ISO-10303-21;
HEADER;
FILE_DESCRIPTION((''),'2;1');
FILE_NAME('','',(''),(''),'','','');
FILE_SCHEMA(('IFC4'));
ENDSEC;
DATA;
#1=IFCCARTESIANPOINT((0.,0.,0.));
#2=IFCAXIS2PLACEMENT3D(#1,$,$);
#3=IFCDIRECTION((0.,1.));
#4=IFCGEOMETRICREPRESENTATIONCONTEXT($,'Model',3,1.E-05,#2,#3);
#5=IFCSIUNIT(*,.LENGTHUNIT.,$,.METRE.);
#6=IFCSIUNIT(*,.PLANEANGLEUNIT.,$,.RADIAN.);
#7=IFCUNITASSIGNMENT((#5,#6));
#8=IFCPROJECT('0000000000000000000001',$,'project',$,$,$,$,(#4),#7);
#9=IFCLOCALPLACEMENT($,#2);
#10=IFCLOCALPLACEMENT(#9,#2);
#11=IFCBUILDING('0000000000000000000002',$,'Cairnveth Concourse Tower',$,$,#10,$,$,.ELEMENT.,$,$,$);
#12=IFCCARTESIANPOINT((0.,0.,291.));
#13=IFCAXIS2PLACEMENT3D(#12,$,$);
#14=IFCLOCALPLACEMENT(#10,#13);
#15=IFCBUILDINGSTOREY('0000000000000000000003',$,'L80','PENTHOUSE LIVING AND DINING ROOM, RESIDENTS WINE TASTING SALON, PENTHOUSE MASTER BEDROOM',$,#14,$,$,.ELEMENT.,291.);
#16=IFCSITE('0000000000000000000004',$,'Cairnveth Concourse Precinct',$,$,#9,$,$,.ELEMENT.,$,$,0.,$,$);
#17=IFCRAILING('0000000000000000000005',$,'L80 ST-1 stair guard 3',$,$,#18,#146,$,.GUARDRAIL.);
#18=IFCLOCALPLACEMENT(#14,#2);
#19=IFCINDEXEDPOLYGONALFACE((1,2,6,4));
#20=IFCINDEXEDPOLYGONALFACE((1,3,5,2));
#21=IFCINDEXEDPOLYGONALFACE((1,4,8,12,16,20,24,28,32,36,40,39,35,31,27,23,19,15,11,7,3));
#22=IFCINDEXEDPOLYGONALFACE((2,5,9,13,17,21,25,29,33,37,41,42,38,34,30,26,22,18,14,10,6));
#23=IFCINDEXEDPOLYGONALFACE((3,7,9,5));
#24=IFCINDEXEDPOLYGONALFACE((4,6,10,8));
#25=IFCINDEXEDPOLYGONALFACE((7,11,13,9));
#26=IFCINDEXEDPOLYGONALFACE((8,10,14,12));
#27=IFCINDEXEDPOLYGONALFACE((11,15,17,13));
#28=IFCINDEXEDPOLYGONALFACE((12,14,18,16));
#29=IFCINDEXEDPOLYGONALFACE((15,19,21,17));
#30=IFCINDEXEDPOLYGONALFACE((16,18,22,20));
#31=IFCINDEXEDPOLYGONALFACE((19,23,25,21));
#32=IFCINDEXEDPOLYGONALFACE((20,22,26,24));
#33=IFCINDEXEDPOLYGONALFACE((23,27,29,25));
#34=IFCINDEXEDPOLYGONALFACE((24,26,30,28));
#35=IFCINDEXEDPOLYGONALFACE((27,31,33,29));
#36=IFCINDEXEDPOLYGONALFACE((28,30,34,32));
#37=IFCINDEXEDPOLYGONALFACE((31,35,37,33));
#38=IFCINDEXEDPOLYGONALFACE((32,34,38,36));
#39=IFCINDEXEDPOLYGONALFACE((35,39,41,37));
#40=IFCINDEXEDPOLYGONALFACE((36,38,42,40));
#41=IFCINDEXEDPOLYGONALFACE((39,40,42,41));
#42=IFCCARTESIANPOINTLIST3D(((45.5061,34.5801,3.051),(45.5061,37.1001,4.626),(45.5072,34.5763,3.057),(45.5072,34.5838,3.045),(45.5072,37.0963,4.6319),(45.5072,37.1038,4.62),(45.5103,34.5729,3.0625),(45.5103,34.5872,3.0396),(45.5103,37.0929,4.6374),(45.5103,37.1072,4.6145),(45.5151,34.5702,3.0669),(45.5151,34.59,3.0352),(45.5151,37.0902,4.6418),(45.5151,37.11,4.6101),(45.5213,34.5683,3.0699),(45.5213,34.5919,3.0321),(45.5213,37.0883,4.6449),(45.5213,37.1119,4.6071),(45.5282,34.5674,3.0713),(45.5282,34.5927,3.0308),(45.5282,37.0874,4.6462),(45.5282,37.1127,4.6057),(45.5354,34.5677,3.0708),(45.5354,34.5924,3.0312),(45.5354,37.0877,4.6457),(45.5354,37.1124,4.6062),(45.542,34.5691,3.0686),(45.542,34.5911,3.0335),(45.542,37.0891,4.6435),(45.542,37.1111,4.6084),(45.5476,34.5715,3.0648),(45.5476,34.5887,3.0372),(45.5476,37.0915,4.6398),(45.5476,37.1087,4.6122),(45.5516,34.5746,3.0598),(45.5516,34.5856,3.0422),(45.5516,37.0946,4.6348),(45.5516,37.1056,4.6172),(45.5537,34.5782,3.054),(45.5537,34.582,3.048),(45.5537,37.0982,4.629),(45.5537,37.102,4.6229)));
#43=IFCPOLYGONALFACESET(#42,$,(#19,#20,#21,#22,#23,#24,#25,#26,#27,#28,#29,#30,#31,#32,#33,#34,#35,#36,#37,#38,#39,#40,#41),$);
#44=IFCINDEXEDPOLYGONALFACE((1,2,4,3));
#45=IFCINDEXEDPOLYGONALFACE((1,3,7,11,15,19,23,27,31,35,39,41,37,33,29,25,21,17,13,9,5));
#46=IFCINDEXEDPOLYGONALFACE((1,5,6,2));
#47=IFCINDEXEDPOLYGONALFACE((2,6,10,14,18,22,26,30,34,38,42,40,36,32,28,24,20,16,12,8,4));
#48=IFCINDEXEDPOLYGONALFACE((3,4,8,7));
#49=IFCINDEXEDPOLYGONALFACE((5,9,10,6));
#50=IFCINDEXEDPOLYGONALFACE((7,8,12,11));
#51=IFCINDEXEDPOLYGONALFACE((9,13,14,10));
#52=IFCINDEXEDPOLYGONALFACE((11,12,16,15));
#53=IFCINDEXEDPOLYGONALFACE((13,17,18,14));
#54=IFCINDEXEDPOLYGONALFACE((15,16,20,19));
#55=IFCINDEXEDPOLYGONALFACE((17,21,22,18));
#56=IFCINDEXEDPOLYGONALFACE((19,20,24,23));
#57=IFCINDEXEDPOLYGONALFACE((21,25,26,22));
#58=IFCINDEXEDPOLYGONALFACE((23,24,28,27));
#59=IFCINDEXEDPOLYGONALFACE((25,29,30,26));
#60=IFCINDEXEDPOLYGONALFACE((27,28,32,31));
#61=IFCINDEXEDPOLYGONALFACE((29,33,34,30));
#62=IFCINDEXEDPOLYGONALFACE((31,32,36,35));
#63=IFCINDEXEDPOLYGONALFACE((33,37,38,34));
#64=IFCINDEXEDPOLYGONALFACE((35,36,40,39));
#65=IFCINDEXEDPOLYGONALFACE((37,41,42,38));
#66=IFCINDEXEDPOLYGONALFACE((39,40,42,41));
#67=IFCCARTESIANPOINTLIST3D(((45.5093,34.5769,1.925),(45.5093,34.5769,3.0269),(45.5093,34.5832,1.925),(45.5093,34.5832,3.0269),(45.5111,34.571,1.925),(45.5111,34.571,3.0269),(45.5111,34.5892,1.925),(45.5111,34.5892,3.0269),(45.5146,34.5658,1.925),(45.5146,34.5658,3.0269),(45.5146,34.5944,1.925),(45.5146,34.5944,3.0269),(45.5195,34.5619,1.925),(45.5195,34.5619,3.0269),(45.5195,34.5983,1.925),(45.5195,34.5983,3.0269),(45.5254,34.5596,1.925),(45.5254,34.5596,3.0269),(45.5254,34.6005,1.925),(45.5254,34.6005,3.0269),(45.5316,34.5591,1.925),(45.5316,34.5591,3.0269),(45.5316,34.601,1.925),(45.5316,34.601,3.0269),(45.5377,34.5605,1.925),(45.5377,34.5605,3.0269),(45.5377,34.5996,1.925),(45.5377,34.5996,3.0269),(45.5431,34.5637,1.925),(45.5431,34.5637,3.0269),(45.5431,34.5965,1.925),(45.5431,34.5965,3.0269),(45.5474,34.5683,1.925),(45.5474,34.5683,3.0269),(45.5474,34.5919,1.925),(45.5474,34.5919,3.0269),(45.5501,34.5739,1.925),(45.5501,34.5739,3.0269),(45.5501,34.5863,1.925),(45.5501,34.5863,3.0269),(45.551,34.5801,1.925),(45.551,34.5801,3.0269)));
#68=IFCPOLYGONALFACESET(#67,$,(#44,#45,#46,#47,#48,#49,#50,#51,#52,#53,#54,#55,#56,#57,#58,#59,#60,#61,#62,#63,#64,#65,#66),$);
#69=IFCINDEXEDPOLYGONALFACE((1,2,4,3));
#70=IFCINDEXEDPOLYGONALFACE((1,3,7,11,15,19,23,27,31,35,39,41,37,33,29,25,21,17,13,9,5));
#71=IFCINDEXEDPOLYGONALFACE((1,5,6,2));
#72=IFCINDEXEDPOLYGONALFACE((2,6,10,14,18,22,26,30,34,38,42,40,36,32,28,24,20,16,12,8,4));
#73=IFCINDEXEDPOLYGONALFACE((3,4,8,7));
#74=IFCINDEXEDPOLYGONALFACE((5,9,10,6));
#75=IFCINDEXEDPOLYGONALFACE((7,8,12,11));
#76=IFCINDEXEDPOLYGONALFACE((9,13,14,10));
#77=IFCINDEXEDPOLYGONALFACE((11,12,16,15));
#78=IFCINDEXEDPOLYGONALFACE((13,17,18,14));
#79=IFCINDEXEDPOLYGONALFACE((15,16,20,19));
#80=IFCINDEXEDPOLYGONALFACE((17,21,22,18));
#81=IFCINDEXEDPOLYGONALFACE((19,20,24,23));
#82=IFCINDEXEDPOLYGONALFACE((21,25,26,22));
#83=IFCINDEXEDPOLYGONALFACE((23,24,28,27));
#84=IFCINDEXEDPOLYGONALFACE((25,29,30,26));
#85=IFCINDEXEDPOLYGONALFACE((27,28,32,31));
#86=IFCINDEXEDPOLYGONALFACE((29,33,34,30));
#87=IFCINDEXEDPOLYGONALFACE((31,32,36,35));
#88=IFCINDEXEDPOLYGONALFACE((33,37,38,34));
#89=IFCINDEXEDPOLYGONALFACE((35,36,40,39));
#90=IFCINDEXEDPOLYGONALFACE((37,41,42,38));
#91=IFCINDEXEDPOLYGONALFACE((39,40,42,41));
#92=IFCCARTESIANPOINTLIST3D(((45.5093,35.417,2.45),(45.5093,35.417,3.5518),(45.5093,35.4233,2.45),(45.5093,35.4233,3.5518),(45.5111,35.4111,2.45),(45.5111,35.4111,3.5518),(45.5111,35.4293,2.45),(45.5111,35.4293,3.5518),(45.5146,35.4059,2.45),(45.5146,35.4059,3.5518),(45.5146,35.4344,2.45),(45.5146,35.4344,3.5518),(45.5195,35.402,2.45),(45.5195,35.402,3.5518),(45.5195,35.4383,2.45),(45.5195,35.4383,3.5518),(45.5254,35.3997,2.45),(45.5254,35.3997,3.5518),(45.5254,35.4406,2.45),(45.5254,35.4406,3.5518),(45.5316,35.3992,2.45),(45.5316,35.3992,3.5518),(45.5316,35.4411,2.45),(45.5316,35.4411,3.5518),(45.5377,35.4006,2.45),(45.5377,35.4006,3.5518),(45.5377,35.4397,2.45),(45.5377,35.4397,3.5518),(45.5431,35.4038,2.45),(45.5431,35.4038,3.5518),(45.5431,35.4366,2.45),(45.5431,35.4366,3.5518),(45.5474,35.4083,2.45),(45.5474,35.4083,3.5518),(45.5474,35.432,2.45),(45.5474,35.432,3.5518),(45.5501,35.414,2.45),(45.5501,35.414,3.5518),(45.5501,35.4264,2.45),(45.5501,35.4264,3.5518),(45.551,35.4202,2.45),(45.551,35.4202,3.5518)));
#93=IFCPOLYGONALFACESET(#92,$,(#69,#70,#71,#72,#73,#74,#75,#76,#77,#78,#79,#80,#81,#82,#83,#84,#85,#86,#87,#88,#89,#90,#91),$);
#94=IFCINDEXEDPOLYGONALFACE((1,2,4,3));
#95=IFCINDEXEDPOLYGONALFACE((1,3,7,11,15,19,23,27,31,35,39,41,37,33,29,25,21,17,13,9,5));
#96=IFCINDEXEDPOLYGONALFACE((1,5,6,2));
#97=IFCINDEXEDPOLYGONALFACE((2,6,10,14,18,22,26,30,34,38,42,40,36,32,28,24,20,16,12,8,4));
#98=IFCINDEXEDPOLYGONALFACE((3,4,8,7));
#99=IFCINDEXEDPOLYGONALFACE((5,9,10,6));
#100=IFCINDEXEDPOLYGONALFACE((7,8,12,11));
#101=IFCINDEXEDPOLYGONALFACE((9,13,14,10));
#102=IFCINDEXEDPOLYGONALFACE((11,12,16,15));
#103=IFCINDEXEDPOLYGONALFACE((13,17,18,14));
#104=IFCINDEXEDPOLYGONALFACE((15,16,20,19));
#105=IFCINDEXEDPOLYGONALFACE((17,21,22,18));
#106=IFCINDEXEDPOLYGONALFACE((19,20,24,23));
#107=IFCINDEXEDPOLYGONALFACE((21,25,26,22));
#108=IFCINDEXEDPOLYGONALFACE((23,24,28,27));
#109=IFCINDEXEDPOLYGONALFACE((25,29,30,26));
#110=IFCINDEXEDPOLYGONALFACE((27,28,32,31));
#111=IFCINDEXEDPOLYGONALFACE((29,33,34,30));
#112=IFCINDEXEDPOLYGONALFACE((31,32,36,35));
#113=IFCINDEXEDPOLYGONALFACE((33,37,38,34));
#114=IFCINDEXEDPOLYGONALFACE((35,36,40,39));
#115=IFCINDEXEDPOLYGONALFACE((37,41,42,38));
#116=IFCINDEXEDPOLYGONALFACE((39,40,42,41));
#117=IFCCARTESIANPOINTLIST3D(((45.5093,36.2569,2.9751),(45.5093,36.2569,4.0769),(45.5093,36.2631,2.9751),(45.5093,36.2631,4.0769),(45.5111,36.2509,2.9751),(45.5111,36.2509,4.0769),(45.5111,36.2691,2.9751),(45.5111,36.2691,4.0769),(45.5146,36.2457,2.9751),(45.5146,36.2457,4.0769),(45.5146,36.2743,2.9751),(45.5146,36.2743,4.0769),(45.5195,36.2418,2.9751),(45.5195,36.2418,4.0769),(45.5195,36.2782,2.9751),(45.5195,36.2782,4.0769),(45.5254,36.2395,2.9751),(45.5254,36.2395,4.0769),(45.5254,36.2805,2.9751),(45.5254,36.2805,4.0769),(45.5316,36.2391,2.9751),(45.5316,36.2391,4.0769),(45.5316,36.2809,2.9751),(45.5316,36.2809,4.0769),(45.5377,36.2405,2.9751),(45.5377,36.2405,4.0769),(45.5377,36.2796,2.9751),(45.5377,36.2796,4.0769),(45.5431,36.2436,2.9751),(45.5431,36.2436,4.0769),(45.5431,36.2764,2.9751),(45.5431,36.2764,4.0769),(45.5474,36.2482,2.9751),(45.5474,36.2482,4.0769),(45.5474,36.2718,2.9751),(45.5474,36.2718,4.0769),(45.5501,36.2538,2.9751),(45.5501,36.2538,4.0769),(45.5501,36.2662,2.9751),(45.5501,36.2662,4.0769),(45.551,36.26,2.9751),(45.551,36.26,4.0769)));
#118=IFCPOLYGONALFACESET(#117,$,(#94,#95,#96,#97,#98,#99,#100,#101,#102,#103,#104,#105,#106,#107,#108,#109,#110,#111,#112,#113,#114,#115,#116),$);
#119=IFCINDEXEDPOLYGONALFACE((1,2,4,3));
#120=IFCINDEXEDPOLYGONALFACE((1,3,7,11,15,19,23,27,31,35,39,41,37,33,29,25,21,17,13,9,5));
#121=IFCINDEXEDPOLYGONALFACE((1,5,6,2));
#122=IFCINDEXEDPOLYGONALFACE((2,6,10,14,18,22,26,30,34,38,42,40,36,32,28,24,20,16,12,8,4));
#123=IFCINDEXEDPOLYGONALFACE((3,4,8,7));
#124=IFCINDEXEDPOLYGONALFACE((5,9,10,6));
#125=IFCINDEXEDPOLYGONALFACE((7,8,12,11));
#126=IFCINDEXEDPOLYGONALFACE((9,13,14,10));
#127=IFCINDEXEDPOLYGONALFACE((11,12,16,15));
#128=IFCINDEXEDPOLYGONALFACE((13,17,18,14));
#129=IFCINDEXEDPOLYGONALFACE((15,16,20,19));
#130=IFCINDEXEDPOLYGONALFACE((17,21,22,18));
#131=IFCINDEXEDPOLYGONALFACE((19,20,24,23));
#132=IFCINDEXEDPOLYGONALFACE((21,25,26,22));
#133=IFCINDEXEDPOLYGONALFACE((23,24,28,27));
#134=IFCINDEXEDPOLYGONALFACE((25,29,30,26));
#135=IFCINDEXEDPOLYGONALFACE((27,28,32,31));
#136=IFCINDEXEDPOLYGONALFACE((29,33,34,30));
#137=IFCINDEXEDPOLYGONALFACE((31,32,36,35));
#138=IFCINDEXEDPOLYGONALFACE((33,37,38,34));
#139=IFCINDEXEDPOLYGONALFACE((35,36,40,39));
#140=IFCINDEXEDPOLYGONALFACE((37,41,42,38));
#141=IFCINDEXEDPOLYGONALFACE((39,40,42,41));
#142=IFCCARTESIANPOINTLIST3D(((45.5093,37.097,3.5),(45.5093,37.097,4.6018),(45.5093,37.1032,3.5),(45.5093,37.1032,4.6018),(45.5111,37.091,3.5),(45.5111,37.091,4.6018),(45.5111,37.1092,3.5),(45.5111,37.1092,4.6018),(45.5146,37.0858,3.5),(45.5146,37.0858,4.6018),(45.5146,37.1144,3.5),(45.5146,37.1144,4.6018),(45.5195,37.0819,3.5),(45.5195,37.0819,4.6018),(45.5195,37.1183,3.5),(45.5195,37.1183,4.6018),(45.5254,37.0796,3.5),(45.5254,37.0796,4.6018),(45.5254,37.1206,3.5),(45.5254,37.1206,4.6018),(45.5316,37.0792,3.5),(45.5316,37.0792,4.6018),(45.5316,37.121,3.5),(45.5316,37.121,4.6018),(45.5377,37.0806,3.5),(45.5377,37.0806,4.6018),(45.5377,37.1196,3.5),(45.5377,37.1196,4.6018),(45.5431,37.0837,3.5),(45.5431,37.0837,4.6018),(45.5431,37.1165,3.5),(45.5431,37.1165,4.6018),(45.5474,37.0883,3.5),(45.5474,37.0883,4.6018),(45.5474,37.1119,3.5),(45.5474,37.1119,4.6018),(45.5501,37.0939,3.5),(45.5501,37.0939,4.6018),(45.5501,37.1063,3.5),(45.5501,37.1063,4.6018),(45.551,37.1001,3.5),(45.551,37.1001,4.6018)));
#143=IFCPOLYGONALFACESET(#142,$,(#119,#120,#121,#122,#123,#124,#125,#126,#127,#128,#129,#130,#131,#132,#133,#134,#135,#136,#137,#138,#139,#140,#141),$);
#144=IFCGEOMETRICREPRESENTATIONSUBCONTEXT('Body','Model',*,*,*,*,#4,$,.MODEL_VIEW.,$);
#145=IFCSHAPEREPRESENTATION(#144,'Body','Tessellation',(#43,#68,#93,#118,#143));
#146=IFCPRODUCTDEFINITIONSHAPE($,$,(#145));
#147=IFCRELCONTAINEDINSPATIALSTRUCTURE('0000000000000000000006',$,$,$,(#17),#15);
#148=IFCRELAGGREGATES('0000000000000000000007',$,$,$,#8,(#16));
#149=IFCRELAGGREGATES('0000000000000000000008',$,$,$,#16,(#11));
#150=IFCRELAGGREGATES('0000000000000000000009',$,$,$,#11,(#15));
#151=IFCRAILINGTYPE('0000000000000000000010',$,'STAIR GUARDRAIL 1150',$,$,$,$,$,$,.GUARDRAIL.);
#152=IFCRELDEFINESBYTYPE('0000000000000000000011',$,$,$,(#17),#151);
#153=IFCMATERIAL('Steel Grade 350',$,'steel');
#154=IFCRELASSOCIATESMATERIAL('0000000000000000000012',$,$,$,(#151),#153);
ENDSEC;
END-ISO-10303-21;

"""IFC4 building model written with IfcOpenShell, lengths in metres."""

from ifc_helpers import new_model, si_unit, direction, frame, origin, origin_2d, place, context, subcontext, project, spatial, circle, extrude, material, type_object, element, save


model = new_model("IFC4")

# Units and contexts
model_context = context("Model", 3, precision=1e-05, world=origin(), true_north=direction((0.0, 1.0)))
body_context = subcontext(model_context, "Body", "Model", "MODEL_VIEW")
ifc_project = project(units=[si_unit("LENGTHUNIT", "METRE"), si_unit("PLANEANGLEUNIT", "RADIAN")], contexts=[model_context])

# Site, building, storey
site_placement = place(None, origin())
site = spatial("IfcSite", under=ifc_project, at=site_placement, Name="Cairnveth Concourse Precinct", CompositionType="ELEMENT", RefElevation=0.0)
building_placement = place(site_placement, origin())
building = spatial("IfcBuilding", under=site, at=building_placement, Name="Cairnveth Concourse Tower", CompositionType="ELEMENT")
storey_placement = place(building_placement, frame((0.0, 0.0, 291.0)))
storey = spatial("IfcBuildingStorey", under=building, at=storey_placement, Name="L80", Description="PENTHOUSE LIVING AND DINING ROOM, RESIDENTS WINE TASTING SALON, PENTHOUSE MASTER BEDROOM", CompositionType="ELEMENT", Elevation=291.0)

# Shared definitions
ifc_material_1 = material(Name="Steel Grade 350", Category="steel")

# Railing
railing_type_1 = type_object("IfcRailingType", Name="STAIR GUARDRAIL 1150", PredefinedType="GUARDRAIL", material=ifc_material_1)
railing_1_placement = place(storey_placement, frame((45.53, 34.5801, 1.925)))
element("IfcRailing", 1, at=railing_1_placement, inside=storey, type_object=railing_type_1, Name="L80 ST-1 stair guard 3", PredefinedType="GUARDRAIL", context=body_context, shape_type="SweptSolid", body=[
    extrude(circle(Radius=0.0239, at=origin_2d()), frame((0.0, 0.0, 1.126), z_axis=(0.0, 0.848008, 0.529984), x_axis=(-1.0, 0.0, 0.0)), (0.0, 0.0, 1.0), 2.9717),
    extrude(circle(Radius=0.021, at=origin_2d()), origin(), (0.0, 0.0, 1.0), 1.1018),
    extrude(circle(Radius=0.021, at=origin_2d()), frame((0.0, 0.8401, 0.5249)), (0.0, 0.0, 1.0), 1.1018),
    extrude(circle(Radius=0.021, at=origin_2d()), frame((0.0, 1.6799, 1.05)), (0.0, 0.0, 1.0), 1.1018),
    extrude(circle(Radius=0.021, at=origin_2d()), frame((0.0, 2.52, 1.575)), (0.0, 0.0, 1.0), 1.1018),
])

save(model, "model.ifc")
